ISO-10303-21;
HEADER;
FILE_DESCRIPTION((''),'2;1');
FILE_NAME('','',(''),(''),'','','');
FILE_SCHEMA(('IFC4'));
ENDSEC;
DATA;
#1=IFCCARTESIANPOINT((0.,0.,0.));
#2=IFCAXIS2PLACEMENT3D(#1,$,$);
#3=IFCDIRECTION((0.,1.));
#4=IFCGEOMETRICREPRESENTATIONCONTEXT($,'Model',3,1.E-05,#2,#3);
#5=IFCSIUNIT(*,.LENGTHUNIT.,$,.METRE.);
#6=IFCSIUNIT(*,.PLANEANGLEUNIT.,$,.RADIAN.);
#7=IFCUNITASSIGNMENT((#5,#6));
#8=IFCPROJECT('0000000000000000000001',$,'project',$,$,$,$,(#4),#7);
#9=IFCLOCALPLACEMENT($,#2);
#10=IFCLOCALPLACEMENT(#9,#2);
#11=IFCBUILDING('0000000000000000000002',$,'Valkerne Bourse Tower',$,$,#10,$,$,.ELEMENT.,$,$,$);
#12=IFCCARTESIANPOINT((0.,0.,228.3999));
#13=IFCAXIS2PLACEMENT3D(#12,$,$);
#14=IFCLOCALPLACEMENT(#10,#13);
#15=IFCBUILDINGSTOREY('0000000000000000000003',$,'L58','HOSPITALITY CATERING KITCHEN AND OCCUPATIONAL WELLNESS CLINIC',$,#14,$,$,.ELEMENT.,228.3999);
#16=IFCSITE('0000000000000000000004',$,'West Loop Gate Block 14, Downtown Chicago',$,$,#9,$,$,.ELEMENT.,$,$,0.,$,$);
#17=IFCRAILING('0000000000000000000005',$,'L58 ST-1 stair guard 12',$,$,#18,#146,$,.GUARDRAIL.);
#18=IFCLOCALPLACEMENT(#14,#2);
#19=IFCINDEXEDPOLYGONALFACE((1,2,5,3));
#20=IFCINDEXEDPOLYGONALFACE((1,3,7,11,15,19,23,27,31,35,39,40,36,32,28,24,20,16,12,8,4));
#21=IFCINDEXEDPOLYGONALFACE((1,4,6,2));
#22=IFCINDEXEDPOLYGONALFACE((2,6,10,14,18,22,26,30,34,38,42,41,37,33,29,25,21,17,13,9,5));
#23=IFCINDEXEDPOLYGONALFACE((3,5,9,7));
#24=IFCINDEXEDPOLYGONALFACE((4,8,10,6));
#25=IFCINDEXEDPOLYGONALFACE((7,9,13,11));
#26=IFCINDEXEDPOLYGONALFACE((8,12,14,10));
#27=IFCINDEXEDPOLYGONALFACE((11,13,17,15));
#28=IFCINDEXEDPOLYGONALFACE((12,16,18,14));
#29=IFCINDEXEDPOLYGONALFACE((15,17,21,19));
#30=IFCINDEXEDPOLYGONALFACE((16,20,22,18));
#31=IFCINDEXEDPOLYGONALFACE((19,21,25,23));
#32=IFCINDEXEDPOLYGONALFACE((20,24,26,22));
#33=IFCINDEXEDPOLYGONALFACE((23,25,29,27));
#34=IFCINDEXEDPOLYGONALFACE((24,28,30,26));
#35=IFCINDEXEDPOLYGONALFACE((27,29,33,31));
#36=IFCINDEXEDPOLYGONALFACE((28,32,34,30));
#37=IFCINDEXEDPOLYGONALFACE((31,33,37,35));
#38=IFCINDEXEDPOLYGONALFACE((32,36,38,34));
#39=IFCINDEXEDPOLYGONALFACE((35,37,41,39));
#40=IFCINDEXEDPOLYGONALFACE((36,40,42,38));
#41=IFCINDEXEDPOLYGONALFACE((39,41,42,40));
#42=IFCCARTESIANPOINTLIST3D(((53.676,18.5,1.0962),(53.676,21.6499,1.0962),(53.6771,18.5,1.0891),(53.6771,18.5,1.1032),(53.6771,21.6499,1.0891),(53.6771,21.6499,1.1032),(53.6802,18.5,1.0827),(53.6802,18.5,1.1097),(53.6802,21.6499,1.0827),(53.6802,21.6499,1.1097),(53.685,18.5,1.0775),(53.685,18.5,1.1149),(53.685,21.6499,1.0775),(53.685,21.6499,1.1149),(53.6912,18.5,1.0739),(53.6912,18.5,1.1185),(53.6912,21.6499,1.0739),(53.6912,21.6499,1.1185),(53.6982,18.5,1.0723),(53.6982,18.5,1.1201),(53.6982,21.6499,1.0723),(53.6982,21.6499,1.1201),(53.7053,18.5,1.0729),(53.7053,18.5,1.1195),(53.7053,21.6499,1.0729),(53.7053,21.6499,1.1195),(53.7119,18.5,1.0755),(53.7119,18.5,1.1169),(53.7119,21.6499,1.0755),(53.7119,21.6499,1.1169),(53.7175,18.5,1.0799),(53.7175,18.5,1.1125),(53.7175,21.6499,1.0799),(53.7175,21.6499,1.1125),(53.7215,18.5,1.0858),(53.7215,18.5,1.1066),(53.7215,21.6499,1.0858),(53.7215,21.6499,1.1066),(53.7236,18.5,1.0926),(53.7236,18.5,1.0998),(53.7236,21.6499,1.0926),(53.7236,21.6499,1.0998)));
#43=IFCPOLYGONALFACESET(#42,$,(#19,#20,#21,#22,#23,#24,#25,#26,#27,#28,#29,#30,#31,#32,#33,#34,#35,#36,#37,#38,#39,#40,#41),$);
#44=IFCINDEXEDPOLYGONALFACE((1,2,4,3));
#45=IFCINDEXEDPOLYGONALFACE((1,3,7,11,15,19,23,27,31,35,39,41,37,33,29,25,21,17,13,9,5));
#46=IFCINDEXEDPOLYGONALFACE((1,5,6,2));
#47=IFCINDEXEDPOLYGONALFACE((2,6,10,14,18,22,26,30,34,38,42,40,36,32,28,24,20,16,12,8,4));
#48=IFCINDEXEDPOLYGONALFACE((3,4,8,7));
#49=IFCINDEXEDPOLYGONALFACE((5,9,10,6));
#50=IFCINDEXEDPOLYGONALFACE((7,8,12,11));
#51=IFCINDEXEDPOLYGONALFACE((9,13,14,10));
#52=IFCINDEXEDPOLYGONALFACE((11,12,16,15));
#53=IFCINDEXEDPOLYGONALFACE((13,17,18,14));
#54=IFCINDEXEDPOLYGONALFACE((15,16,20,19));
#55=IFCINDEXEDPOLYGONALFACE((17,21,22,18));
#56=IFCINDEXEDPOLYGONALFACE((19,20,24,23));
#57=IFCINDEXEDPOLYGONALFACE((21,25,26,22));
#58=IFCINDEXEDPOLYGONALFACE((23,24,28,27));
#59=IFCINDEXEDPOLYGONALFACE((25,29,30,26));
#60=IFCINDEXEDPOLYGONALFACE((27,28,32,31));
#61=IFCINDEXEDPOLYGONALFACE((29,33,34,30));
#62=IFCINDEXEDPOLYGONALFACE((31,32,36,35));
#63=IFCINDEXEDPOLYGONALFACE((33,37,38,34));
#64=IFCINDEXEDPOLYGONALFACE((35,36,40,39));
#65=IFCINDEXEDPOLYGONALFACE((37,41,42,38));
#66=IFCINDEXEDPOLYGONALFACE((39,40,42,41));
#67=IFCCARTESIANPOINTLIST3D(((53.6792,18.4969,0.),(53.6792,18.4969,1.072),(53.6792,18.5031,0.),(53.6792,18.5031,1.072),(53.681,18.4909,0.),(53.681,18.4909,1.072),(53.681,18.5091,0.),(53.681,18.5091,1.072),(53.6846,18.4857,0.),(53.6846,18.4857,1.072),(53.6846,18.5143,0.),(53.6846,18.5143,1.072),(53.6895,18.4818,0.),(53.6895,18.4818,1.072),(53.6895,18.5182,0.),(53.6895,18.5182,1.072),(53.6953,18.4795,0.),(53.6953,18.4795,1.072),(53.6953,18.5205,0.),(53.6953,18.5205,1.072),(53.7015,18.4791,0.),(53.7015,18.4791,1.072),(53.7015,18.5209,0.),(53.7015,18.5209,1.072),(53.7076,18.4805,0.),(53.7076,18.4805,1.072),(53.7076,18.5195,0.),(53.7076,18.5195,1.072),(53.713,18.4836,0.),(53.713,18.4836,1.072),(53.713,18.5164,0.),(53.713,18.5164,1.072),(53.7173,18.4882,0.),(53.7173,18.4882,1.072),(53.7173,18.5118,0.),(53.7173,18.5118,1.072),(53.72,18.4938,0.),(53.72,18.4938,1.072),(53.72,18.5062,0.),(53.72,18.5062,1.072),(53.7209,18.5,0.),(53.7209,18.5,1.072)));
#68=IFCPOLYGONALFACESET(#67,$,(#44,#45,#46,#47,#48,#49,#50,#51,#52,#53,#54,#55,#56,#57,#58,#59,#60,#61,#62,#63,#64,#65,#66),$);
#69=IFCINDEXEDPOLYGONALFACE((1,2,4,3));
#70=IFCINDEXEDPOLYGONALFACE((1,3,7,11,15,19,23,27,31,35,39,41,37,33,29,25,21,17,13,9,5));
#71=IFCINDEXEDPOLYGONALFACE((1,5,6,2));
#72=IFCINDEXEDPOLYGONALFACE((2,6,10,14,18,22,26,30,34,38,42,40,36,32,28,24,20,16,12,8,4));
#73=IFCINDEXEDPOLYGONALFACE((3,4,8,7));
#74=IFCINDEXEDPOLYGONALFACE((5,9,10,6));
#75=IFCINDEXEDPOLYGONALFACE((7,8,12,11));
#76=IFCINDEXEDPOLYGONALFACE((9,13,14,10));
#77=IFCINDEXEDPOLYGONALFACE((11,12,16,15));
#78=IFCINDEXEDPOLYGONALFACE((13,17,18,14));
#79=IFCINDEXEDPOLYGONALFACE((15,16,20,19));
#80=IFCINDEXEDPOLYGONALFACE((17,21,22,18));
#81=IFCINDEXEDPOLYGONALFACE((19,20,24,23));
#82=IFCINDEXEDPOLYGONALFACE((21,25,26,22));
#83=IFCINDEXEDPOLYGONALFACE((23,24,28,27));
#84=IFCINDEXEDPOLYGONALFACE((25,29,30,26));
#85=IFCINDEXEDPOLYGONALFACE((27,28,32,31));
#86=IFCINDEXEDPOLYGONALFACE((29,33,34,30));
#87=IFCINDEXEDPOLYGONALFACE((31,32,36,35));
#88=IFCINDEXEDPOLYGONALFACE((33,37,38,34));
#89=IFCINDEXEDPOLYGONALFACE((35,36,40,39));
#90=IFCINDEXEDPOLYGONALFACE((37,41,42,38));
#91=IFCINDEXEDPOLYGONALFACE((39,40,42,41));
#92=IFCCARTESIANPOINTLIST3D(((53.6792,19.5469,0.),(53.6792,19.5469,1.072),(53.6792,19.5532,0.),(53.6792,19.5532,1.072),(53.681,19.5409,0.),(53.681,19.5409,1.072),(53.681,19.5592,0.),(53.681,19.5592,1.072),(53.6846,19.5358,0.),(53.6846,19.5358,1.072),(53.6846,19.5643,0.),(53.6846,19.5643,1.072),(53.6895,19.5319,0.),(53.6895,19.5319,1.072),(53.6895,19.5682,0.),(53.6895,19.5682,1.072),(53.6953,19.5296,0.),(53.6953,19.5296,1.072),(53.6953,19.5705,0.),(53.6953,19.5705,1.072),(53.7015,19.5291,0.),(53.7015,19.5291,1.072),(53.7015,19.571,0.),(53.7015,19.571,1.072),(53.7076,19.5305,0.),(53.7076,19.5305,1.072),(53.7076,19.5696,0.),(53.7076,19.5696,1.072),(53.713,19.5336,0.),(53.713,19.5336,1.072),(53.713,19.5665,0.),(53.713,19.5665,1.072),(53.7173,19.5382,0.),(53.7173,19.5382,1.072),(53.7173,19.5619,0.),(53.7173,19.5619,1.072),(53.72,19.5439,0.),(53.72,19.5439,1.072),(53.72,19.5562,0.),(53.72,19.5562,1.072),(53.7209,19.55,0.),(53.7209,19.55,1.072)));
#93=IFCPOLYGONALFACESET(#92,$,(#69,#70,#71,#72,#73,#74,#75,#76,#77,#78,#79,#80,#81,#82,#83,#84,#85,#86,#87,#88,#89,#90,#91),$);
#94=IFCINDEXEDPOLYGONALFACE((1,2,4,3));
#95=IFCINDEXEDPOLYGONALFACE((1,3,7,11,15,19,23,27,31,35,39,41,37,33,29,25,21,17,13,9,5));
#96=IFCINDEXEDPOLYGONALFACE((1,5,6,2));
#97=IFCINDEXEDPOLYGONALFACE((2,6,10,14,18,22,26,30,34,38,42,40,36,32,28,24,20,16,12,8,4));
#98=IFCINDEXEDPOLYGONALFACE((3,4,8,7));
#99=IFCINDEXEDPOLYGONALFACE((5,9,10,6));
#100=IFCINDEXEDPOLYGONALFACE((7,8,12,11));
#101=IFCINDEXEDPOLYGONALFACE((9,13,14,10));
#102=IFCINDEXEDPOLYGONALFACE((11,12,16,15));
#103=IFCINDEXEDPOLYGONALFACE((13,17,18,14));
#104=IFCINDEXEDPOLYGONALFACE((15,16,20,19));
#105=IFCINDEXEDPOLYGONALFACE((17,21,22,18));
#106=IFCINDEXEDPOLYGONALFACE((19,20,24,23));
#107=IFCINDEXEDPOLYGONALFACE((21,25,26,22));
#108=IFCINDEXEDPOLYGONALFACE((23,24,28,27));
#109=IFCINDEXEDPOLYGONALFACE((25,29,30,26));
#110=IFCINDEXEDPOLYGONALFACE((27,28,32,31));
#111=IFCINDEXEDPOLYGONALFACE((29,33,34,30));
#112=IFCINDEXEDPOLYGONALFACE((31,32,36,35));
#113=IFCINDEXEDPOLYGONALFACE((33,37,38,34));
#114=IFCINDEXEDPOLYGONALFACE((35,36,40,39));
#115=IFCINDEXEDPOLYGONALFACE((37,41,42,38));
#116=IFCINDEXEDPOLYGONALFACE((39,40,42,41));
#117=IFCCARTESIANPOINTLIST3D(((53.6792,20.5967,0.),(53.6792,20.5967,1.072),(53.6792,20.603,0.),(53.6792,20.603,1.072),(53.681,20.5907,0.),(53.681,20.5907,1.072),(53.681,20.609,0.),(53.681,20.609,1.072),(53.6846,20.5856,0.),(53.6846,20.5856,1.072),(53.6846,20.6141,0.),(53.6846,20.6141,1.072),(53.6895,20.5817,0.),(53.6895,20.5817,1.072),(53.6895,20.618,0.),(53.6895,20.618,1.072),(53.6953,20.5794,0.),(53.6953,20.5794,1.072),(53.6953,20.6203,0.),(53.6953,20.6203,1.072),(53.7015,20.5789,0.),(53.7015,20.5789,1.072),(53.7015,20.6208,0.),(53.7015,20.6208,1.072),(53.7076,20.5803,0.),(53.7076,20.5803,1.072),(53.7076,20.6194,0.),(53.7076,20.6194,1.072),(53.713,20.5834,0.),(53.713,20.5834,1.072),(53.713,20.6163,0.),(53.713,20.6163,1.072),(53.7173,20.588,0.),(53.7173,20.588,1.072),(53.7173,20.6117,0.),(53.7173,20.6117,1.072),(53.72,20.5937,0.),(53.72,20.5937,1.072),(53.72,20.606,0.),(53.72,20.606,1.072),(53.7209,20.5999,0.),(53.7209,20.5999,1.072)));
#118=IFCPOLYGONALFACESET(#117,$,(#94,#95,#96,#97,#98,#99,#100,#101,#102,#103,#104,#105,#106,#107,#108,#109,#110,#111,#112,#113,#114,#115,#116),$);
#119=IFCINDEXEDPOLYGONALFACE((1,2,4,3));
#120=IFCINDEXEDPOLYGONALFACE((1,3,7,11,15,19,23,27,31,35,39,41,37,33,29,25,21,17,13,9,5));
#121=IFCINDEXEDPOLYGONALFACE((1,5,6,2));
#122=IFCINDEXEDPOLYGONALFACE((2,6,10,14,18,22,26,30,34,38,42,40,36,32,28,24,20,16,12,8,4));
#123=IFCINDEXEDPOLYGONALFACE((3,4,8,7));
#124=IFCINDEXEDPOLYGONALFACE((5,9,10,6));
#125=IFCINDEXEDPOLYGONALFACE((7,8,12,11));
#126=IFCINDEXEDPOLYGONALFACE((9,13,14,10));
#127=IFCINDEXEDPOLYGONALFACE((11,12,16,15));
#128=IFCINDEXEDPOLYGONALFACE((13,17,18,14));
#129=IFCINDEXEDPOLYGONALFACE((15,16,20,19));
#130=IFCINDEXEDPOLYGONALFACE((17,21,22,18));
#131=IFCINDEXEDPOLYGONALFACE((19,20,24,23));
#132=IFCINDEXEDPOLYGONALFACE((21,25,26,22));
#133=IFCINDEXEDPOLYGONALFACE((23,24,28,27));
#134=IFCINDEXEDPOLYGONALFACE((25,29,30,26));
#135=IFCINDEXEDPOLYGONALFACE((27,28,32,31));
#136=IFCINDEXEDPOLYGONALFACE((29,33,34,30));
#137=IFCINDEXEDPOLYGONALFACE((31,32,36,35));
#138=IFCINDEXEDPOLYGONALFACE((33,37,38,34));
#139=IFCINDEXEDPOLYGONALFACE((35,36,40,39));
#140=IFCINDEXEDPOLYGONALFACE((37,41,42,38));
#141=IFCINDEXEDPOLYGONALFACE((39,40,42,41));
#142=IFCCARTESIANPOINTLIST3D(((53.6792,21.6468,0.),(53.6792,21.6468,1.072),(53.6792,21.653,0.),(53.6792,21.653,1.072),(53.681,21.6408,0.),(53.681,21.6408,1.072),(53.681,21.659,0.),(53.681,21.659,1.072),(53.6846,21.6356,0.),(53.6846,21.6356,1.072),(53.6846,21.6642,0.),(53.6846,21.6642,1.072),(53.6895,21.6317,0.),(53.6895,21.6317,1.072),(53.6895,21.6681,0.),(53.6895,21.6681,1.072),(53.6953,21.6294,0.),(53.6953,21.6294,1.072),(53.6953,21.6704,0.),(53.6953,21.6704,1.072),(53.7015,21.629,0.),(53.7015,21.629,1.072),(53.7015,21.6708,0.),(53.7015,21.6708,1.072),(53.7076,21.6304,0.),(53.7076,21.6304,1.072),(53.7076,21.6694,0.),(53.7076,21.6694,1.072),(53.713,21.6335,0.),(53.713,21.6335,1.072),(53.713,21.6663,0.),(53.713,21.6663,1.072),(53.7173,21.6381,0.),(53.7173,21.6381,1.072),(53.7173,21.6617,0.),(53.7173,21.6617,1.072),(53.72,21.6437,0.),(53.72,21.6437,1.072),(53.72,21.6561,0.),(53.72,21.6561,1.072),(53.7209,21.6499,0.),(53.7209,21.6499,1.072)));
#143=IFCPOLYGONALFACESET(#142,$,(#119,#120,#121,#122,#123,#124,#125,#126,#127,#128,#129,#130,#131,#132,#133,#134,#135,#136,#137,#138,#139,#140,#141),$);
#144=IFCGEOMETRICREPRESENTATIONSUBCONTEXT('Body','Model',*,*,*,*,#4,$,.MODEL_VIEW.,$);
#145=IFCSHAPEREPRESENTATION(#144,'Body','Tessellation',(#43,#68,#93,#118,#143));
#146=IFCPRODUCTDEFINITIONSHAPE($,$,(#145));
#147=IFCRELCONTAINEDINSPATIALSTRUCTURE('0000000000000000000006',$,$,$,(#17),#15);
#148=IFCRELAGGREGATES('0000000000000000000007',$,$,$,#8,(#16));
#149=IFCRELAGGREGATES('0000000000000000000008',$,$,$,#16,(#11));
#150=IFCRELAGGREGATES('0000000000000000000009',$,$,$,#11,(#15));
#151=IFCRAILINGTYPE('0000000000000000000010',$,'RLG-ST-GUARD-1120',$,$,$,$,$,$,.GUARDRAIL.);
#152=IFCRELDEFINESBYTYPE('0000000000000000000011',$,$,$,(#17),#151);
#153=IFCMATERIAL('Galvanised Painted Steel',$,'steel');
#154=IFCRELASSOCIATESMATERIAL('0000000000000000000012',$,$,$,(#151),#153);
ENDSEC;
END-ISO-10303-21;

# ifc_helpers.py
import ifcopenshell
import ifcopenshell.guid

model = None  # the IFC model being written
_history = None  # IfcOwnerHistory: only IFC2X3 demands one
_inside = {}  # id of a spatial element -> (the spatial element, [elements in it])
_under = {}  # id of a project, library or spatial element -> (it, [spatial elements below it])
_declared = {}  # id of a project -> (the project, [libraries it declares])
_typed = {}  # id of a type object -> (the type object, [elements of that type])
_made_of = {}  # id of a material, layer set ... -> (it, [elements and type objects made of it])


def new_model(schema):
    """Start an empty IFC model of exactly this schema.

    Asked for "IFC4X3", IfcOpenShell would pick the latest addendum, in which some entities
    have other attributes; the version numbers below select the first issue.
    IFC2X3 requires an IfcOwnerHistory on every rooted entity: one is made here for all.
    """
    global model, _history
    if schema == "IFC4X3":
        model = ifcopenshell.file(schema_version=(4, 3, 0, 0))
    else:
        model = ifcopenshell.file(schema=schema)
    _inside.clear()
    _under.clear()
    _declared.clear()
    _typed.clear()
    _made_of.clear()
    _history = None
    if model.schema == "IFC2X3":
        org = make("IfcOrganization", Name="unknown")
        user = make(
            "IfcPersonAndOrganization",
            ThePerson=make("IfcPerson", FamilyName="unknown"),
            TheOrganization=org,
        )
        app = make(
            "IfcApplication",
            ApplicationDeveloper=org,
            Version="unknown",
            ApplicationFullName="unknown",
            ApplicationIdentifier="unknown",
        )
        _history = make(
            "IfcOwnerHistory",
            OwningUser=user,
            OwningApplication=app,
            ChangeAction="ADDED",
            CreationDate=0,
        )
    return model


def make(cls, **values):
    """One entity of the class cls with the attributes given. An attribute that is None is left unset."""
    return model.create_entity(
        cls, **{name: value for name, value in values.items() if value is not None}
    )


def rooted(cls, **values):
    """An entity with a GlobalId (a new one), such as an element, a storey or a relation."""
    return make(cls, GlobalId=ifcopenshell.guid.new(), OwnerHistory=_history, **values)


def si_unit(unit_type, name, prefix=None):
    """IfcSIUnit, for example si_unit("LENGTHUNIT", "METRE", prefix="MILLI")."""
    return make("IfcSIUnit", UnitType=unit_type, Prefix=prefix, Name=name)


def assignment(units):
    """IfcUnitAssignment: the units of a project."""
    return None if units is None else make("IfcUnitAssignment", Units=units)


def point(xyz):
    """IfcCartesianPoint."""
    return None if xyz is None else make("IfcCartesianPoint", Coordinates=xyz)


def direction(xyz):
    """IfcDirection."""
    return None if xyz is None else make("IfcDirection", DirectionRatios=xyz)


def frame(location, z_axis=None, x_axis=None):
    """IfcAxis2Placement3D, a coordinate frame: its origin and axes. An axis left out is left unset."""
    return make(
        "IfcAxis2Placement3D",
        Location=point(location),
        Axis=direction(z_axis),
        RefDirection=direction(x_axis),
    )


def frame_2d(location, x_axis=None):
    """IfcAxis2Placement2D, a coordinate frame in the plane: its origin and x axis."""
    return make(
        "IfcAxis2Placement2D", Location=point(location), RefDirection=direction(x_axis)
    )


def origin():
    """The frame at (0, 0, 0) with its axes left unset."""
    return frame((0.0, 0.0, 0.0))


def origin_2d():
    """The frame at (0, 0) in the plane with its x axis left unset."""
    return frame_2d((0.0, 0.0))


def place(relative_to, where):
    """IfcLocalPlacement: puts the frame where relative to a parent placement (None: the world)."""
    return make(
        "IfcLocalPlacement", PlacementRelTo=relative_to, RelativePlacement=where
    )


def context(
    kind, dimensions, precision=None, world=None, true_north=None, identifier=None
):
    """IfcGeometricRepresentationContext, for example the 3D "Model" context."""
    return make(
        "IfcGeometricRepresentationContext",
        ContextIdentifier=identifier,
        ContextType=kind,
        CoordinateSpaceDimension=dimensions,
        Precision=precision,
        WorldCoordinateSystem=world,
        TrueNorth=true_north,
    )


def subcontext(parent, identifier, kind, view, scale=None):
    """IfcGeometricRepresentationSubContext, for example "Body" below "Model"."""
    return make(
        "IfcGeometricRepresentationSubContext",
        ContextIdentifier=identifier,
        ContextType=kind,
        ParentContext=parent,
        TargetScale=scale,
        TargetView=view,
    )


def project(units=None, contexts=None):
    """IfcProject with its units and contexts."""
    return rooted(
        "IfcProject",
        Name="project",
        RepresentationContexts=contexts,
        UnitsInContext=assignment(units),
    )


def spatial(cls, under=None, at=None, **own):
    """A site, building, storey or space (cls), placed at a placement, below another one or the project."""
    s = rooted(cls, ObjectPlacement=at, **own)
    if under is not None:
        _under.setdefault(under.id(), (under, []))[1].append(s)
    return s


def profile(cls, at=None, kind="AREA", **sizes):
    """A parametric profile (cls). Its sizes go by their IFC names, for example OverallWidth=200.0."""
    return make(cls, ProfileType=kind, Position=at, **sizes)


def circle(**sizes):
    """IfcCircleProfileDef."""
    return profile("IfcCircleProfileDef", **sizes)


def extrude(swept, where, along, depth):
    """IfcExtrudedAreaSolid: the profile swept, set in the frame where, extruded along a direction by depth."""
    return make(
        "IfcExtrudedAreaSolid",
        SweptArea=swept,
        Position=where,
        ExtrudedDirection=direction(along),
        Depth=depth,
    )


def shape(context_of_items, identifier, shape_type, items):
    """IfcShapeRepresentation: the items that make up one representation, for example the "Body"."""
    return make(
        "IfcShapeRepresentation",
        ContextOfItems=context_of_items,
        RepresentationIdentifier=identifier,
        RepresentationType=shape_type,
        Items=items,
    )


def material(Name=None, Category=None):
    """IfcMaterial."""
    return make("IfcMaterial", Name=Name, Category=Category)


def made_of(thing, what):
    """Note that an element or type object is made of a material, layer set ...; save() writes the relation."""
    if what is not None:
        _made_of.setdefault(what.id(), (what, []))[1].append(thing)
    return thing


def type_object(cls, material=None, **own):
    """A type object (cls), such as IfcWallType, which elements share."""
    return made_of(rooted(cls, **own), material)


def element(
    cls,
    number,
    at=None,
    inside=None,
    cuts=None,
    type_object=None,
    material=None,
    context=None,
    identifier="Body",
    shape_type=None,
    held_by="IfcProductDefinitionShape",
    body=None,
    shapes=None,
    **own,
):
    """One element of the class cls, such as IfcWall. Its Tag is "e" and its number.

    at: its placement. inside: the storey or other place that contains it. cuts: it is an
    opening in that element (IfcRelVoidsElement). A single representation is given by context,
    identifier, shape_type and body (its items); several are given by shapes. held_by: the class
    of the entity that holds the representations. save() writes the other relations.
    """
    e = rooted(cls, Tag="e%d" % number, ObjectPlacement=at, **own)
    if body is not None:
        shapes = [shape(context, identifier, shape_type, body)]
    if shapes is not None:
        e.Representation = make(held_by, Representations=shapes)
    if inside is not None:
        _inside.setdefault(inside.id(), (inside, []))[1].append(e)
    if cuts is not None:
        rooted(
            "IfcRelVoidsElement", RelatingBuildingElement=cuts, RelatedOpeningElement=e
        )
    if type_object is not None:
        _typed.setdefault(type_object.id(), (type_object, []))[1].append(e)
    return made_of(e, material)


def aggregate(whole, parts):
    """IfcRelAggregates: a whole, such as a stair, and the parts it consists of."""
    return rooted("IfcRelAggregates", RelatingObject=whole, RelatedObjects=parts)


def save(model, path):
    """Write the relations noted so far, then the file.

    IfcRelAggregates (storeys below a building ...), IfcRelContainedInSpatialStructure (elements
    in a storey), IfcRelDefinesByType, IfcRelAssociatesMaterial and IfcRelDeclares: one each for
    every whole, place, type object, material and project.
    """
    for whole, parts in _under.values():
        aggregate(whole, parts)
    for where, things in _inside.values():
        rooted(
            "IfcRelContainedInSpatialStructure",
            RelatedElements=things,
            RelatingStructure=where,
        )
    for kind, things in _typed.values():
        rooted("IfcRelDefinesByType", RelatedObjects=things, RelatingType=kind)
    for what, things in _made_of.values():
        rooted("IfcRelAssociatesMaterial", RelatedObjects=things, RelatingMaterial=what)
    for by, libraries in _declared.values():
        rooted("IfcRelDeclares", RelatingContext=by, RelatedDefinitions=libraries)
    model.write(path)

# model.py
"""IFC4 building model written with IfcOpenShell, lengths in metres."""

from ifc_helpers import new_model, si_unit, direction, frame, origin, origin_2d, place, context, subcontext, project, spatial, circle, extrude, material, type_object, element, save


model = new_model("IFC4")

# Units and contexts
model_context = context("Model", 3, precision=1e-05, world=origin(), true_north=direction((0.0, 1.0)))
body_context = subcontext(model_context, "Body", "Model", "MODEL_VIEW")
ifc_project = project(units=[si_unit("LENGTHUNIT", "METRE"), si_unit("PLANEANGLEUNIT", "RADIAN")], contexts=[model_context])

# Site, building, storey
site_placement = place(None, origin())
site = spatial("IfcSite", under=ifc_project, at=site_placement, Name="West Loop Gate Block 14, Downtown Chicago", CompositionType="ELEMENT", RefElevation=0.0)
building_placement = place(site_placement, origin())
building = spatial("IfcBuilding", under=site, at=building_placement, Name="Valkerne Bourse Tower", CompositionType="ELEMENT")
storey_placement = place(building_placement, frame((0.0, 0.0, 228.3999)))
storey = spatial("IfcBuildingStorey", under=building, at=storey_placement, Name="L58", Description="HOSPITALITY CATERING KITCHEN AND OCCUPATIONAL WELLNESS CLINIC", CompositionType="ELEMENT", Elevation=228.3999)

# Railing
ifc_material_1 = material(Name="Galvanised Painted Steel", Category="steel")
railing_type = type_object("IfcRailingType", Name="RLG-ST-GUARD-1120", PredefinedType="GUARDRAIL", material=ifc_material_1)
railing_1_placement = place(storey_placement, frame((53.7, 18.5, 0.0)))
element("IfcRailing", 1, at=railing_1_placement, inside=storey, type_object=railing_type, Name="L58 ST-1 stair guard 12", PredefinedType="GUARDRAIL", context=body_context, shape_type="SweptSolid", body=[
    extrude(circle(Radius=0.0239, at=origin_2d()), frame((0.0, 0.0, 1.0962), z_axis=(0.0, 1.0, 0.0), x_axis=(-1.0, 0.0, 0.0)), (0.0, 0.0, 1.0), 3.1499),
    extrude(circle(Radius=0.021, at=origin_2d()), origin(), (0.0, 0.0, 1.0), 1.072),
    extrude(circle(Radius=0.021, at=origin_2d()), frame((0.0, 1.05, 0.0)), (0.0, 0.0, 1.0), 1.072),
    extrude(circle(Radius=0.021, at=origin_2d()), frame((0.0, 2.0999, 0.0)), (0.0, 0.0, 1.0), 1.072),
    extrude(circle(Radius=0.021, at=origin_2d()), frame((0.0, 3.1499, 0.0)), (0.0, 0.0, 1.0), 1.072),
])

save(model, "model.ifc")
